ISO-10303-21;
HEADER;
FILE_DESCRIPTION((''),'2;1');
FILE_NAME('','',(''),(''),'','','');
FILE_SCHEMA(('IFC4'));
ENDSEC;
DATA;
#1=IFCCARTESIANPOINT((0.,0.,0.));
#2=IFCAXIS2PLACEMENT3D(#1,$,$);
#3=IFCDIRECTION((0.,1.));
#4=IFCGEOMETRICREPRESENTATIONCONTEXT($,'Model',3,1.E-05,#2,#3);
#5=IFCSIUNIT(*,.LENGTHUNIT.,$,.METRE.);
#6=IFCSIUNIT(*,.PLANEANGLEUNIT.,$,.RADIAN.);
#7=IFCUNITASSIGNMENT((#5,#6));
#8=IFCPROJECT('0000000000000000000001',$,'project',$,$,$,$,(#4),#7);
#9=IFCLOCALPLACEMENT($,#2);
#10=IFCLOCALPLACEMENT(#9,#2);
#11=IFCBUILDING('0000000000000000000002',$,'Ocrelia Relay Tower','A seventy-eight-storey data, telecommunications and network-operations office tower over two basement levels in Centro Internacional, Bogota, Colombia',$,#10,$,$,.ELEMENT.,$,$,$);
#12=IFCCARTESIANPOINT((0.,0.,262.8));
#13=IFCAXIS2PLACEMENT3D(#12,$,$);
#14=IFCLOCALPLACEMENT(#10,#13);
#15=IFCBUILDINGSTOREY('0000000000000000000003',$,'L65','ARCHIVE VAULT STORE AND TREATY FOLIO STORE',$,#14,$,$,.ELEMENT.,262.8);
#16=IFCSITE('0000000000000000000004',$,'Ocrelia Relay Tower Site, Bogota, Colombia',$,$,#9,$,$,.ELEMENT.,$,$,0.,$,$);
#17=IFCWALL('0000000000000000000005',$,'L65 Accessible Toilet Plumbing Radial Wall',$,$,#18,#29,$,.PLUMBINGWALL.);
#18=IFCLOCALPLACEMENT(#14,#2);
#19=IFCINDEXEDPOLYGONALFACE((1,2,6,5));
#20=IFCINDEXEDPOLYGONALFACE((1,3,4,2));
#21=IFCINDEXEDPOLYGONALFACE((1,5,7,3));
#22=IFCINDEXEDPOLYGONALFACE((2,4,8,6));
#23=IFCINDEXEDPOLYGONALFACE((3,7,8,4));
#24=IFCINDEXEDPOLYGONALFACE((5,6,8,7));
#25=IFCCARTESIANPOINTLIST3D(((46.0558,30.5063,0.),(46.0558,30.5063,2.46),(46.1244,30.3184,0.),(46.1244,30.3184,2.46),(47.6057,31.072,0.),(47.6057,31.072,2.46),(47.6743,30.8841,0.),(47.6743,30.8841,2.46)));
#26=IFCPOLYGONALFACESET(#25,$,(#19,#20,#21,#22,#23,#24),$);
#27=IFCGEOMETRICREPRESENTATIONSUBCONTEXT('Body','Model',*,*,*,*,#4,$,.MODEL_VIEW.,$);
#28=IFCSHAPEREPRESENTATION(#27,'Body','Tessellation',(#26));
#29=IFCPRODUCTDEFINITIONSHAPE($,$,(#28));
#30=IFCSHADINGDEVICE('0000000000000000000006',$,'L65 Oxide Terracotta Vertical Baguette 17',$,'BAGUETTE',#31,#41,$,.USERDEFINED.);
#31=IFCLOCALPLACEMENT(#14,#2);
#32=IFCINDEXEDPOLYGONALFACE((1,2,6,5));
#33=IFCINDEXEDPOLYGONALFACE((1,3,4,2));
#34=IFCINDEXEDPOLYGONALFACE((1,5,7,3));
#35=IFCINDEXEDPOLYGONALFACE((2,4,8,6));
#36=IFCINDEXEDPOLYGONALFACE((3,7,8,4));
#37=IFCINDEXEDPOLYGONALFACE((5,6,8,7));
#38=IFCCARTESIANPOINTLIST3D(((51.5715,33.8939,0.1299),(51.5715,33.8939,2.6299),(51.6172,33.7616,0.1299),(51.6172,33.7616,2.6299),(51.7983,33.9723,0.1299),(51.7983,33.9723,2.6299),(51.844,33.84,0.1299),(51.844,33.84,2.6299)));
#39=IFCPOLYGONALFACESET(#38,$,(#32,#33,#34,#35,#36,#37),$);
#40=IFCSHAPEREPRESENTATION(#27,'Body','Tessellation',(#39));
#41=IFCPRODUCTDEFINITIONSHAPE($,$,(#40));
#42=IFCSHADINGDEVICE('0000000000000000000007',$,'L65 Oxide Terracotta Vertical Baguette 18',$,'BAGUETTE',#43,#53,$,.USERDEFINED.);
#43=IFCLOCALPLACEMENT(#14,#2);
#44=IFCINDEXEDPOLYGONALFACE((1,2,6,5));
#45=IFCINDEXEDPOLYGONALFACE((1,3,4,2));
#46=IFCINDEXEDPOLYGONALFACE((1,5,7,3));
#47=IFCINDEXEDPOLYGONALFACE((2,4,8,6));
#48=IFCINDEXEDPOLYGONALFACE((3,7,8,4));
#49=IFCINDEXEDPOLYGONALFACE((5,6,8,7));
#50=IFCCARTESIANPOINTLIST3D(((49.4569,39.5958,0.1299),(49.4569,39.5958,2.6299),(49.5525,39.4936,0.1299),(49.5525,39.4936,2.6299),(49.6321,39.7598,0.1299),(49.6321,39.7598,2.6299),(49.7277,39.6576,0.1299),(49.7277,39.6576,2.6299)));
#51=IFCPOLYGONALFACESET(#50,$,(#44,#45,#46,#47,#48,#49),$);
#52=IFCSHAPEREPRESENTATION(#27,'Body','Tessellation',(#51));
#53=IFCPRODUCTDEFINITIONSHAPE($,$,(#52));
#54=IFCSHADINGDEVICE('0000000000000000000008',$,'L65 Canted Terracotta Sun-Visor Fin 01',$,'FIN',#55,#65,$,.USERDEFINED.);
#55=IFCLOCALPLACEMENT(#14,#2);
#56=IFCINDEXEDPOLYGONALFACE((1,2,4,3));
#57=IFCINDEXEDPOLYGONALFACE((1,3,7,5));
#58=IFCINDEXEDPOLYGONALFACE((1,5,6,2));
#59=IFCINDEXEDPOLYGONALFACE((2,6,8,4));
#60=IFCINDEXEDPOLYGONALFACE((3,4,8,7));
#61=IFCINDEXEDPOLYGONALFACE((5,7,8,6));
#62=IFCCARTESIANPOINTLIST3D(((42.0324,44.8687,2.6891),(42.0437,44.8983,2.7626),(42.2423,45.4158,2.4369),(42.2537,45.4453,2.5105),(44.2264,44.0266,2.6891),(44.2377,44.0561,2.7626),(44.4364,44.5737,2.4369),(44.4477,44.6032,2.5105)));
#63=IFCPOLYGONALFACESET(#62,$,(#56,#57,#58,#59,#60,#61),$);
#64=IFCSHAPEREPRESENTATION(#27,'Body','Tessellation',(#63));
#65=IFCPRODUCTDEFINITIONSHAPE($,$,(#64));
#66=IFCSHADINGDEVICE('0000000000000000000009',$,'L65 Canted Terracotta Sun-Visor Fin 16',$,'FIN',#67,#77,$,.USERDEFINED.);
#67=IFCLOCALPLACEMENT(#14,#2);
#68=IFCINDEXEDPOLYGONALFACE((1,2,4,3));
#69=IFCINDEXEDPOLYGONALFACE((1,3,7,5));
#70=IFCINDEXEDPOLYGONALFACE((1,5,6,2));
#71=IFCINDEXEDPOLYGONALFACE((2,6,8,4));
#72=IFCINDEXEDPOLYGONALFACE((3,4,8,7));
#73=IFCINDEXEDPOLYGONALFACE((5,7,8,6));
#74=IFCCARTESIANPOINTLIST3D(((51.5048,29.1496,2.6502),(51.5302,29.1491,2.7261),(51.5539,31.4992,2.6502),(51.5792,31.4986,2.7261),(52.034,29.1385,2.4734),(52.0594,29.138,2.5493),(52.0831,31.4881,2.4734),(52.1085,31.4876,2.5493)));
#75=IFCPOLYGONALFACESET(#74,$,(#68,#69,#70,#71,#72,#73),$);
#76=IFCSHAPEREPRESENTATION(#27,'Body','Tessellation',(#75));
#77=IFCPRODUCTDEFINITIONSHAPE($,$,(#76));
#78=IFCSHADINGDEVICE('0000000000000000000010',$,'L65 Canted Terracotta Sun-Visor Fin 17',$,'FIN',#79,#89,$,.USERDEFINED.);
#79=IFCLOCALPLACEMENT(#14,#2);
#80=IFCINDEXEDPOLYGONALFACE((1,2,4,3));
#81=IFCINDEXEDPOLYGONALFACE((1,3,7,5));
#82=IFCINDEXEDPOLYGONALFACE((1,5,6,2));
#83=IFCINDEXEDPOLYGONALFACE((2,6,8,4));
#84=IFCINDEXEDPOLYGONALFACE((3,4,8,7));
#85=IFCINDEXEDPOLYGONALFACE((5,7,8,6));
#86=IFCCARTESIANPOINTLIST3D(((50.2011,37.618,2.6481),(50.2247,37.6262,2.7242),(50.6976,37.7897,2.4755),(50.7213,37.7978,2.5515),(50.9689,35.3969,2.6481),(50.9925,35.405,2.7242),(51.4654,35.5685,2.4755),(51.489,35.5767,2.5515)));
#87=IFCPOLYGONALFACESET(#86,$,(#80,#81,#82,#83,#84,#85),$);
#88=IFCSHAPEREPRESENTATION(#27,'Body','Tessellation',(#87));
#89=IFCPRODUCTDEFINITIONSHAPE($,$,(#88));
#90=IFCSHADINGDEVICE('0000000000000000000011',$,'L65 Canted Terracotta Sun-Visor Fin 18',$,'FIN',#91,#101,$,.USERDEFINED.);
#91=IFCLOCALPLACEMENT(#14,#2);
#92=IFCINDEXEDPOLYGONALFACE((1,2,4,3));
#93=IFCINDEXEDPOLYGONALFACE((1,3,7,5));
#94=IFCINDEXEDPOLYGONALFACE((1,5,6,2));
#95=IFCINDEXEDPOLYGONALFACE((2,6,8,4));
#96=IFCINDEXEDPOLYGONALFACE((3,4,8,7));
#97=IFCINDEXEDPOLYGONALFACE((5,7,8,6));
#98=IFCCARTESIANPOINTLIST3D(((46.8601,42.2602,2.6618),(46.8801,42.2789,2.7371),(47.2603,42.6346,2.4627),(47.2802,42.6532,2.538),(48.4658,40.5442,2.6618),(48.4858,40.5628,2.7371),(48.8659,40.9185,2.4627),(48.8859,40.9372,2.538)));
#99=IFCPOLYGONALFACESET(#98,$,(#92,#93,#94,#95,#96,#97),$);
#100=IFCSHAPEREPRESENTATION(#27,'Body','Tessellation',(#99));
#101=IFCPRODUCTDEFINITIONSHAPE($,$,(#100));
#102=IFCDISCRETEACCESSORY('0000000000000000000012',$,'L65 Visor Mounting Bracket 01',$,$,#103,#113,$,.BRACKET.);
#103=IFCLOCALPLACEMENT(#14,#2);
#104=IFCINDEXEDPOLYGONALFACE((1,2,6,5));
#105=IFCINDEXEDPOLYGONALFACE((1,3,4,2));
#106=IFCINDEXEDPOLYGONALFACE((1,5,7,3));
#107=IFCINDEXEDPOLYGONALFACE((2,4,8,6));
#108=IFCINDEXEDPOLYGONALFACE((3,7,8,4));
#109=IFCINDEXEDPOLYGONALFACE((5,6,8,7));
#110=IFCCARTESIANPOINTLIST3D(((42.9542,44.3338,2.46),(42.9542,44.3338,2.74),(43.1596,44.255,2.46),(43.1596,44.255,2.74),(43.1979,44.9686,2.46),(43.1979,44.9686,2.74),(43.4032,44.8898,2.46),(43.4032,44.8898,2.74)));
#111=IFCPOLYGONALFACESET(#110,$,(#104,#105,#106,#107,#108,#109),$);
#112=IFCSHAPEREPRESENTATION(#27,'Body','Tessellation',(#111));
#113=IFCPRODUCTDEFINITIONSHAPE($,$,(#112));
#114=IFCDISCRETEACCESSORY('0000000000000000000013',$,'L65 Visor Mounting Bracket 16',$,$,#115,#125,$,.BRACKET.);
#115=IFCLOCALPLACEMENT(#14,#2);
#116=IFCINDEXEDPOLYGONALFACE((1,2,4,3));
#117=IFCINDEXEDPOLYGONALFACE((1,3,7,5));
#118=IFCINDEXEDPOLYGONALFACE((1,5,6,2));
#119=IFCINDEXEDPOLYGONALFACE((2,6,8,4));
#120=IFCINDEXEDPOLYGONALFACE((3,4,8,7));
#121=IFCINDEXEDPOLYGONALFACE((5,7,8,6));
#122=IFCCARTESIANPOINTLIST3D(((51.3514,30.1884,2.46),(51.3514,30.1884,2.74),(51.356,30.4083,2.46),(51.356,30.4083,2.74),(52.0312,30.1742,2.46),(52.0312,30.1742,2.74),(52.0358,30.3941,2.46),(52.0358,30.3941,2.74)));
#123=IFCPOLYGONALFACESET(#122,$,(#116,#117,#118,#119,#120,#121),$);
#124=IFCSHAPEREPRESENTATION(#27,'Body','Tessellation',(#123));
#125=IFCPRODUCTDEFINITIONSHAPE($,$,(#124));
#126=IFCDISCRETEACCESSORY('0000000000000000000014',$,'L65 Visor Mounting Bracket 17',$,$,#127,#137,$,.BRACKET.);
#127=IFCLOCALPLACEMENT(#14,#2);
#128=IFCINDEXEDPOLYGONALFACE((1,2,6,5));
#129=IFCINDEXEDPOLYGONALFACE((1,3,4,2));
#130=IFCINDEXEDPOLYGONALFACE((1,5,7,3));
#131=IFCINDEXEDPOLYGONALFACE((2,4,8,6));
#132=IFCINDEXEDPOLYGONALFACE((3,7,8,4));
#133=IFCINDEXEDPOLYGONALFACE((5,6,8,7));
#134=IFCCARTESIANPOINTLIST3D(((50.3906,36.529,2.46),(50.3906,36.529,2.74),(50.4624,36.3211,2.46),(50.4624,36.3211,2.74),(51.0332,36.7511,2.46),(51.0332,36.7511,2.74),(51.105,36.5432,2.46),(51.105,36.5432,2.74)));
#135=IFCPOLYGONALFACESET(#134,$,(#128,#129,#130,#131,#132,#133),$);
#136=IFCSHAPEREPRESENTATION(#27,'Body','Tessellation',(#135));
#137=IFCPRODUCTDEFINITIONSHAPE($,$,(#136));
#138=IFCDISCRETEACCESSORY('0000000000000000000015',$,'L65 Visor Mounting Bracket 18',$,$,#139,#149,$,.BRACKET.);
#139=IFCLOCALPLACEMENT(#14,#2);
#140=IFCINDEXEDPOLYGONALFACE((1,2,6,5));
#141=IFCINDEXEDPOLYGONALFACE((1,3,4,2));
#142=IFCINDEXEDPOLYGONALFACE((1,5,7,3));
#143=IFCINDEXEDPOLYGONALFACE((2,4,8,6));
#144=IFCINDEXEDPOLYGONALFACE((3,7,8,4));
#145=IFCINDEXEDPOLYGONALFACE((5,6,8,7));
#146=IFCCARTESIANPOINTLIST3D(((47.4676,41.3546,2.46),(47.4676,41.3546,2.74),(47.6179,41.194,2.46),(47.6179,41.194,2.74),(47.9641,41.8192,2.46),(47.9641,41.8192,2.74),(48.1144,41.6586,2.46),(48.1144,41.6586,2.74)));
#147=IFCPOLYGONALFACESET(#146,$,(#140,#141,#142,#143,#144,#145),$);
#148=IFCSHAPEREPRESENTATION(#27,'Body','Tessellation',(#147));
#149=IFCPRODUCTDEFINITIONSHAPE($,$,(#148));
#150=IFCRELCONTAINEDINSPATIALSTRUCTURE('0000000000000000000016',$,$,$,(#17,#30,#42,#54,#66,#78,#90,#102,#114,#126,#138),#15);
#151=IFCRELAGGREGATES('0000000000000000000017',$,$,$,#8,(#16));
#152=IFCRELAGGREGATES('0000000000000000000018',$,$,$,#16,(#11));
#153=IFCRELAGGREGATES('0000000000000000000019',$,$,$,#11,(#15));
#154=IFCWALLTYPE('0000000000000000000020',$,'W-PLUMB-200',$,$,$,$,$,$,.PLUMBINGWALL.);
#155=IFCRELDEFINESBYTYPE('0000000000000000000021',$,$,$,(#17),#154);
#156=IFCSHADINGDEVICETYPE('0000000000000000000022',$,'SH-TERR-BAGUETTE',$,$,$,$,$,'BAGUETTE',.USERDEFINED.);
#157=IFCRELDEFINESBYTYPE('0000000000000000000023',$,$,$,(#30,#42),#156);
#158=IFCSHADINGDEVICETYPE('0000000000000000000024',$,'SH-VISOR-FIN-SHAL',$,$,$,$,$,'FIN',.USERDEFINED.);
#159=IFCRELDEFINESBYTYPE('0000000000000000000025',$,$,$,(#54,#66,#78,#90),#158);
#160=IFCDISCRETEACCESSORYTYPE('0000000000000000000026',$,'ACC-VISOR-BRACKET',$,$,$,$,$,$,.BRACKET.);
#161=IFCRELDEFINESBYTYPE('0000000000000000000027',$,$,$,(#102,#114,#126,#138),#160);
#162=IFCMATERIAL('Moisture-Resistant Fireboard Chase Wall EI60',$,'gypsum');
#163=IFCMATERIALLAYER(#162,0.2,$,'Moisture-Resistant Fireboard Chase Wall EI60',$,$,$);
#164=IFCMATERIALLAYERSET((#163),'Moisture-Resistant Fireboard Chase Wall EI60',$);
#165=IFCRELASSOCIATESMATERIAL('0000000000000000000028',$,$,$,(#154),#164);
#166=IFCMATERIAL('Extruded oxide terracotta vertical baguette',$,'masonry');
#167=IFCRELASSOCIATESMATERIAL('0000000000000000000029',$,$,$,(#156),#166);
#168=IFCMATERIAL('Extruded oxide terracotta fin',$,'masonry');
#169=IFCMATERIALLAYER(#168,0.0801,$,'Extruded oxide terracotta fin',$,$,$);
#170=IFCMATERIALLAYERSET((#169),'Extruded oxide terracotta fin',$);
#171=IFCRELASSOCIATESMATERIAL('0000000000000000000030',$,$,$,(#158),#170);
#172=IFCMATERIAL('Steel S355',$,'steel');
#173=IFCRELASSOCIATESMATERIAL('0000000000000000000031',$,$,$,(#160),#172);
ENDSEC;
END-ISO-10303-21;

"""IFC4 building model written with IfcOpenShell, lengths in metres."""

from ifc_helpers import new_model, si_unit, direction, frame, frame_2d, origin, origin_2d, place, context, subcontext, project, spatial, rectangle, extrude, material, layer, layer_set, type_object, element, save


model = new_model("IFC4")

# Units and contexts
model_context = context("Model", 3, precision=1e-05, world=origin(), true_north=direction((0.0, 1.0)))
body_context = subcontext(model_context, "Body", "Model", "MODEL_VIEW")
ifc_project = project(units=[si_unit("LENGTHUNIT", "METRE"), si_unit("PLANEANGLEUNIT", "RADIAN")], contexts=[model_context])

# Site, building, storey
site_placement = place(None, origin())
site = spatial("IfcSite", under=ifc_project, at=site_placement, Name="Ocrelia Relay Tower Site, Bogota, Colombia", CompositionType="ELEMENT", RefElevation=0.0)
building_placement = place(site_placement, origin())
building = spatial("IfcBuilding", under=site, at=building_placement, Name="Ocrelia Relay Tower", Description="A seventy-eight-storey data, telecommunications and network-operations office tower over two basement levels in Centro Internacional, Bogota, Colombia", CompositionType="ELEMENT")
storey_placement = place(building_placement, frame((0.0, 0.0, 262.8)))
storey = spatial("IfcBuildingStorey", under=building, at=storey_placement, Name="L65", Description="ARCHIVE VAULT STORE AND TREATY FOLIO STORE", CompositionType="ELEMENT", Elevation=262.8)

# Shared definitions
ifc_material_1 = material(Name="Steel S355", Category="steel")

# Wall
ifc_material_2 = material(Name="Moisture-Resistant Fireboard Chase Wall EI60", Category="gypsum")
ifc_layer_1 = layer(ifc_material_2, 0.2, Name="Moisture-Resistant Fireboard Chase Wall EI60")
ifc_layer_set_1 = layer_set([ifc_layer_1], Name="Moisture-Resistant Fireboard Chase Wall EI60")
wall_type_1 = type_object("IfcWallType", Name="W-PLUMB-200", PredefinedType="PLUMBINGWALL", material=ifc_layer_set_1)
wall_1_placement = place(storey_placement, frame((46.0901, 30.4124, 0.0), z_axis=(0.0, 0.0, 1.0), x_axis=(0.939382, 0.342872, 0.0)))
element("IfcWall", 1, at=wall_1_placement, inside=storey, type_object=wall_type_1, Name="L65 Accessible Toilet Plumbing Radial Wall", PredefinedType="PLUMBINGWALL", context=body_context, shape_type="SweptSolid", body=[
    extrude(rectangle(XDim=1.6499, YDim=0.2, at=frame_2d((0.825, 0.0))), origin(), (0.0, 0.0, 1.0), 2.46),
])

# Shading devices
ifc_material_3 = material(Name="Extruded oxide terracotta vertical baguette", Category="masonry")
shading_device_type_1 = type_object("IfcShadingDeviceType", Name="SH-TERR-BAGUETTE", ElementType="BAGUETTE", PredefinedType="USERDEFINED", material=ifc_material_3)
for number, where, z_axis, x_axis, name in (
    (2, (51.7078, 33.8669, 0.1299), (0.0, 0.0, 1.0), (-0.326686, 0.945133, 0.0), "L65 Oxide Terracotta Vertical Baguette 17"),
    (3, (49.5923, 39.6267, 0.1299), (0.0, 0.0, 1.0), (-0.68324, 0.730194, 0.0), "L65 Oxide Terracotta Vertical Baguette 18"),
):
    element("IfcShadingDevice", number, at=place(storey_placement, frame(where, z_axis=z_axis, x_axis=x_axis)), inside=storey, type_object=shading_device_type_1, Name=name, ObjectType="BAGUETTE", PredefinedType="USERDEFINED", context=body_context, shape_type="SweptSolid", body=[
        extrude(rectangle(XDim=0.1399, YDim=0.24, at=origin_2d()), origin(), (0.0, 0.0, 1.0), 2.5),
    ])
ifc_material_4 = material(Name="Extruded oxide terracotta fin", Category="masonry")
ifc_layer_2 = layer(ifc_material_4, 0.0801, Name="Extruded oxide terracotta fin")
ifc_layer_set_2 = layer_set([ifc_layer_2], Name="Extruded oxide terracotta fin")
shading_device_type_2 = type_object("IfcShadingDeviceType", Name="SH-VISOR-FIN-SHAL", ElementType="FIN", PredefinedType="USERDEFINED", material=ifc_layer_set_2)
shading_device_1_placement = place(storey_placement, frame((43.2344, 44.7212, 2.563), z_axis=(0.141622, 0.368979, 0.918584), x_axis=(-0.933594, 0.358334, 0.0)))
element("IfcShadingDevice", 4, at=shading_device_1_placement, inside=storey, type_object=shading_device_type_2, Name="L65 Canted Terracotta Sun-Visor Fin 01", ObjectType="FIN", PredefinedType="USERDEFINED", context=body_context, shape_type="SweptSolid", body=[
    extrude(rectangle(XDim=2.3501, YDim=0.6379, at=origin_2d()), origin(), (0.0, 0.0, 1.0), 0.0801),
])
shading_device_2_placement = place(storey_placement, frame((51.7939, 30.3188, 2.5618), z_axis=(0.316739, -0.006615, 0.94849), x_axis=(0.020879, 0.999782, 0.0)))
element("IfcShadingDevice", 5, at=shading_device_2_placement, inside=storey, type_object=shading_device_type_2, Name="L65 Canted Terracotta Sun-Visor Fin 16", ObjectType="FIN", PredefinedType="USERDEFINED", context=body_context, shape_type="SweptSolid", body=[
    extrude(rectangle(XDim=2.3501, YDim=0.5581, at=origin_2d()), origin(), (0.0, 0.0, 1.0), 0.0801),
])
shading_device_3_placement = place(storey_placement, frame((50.8333, 36.5933, 2.5618), z_axis=(0.295041, 0.101981, 0.950027), x_axis=(-0.326686, 0.945133, 0.0)))
element("IfcShadingDevice", 6, at=shading_device_3_placement, inside=storey, type_object=shading_device_type_2, Name="L65 Canted Terracotta Sun-Visor Fin 17", ObjectType="FIN", PredefinedType="USERDEFINED", context=body_context, shape_type="SweptSolid", body=[
    extrude(rectangle(XDim=2.3501, YDim=0.553, at=origin_2d()), origin(), (0.0, 0.0, 1.0), 0.0801),
])
shading_device_4_placement = place(storey_placement, frame((47.863, 41.5894, 2.5623), z_axis=(0.249382, 0.233346, 0.939872), x_axis=(-0.68324, 0.730194, 0.0)))
element("IfcShadingDevice", 7, at=shading_device_4_placement, inside=storey, type_object=shading_device_type_2, Name="L65 Canted Terracotta Sun-Visor Fin 18", ObjectType="FIN", PredefinedType="USERDEFINED", context=body_context, shape_type="SweptSolid", body=[
    extrude(rectangle(XDim=2.3501, YDim=0.583, at=origin_2d()), origin(), (0.0, 0.0, 1.0), 0.0801),
])

# Discrete accessories
discrete_accessory_type = type_object("IfcDiscreteAccessoryType", Name="ACC-VISOR-BRACKET", PredefinedType="BRACKET", material=ifc_material_1)
for number, where, z_axis, x_axis, name in (
    (8, (43.1787, 44.6118, 2.46), (0.0, 0.0, 1.0), (-0.933594, 0.358334, 0.0), "L65 Visor Mounting Bracket 01"),
    (9, (51.6936, 30.2913, 2.46), (0.0, 0.0, 1.0), (0.020879, 0.999782, 0.0), "L65 Visor Mounting Bracket 16"),
    (10, (50.7478, 36.5361, 2.46), (0.0, 0.0, 1.0), (-0.326686, 0.945133, 0.0), "L65 Visor Mounting Bracket 17"),
    (11, (47.791, 41.5066, 2.46), (0.0, 0.0, 1.0), (-0.68324, 0.730194, 0.0), "L65 Visor Mounting Bracket 18"),
):
    element("IfcDiscreteAccessory", number, at=place(storey_placement, frame(where, z_axis=z_axis, x_axis=x_axis)), inside=storey, type_object=discrete_accessory_type, Name=name, PredefinedType="BRACKET", context=body_context, shape_type="SweptSolid", body=[
        extrude(rectangle(XDim=0.22, YDim=0.6799, at=origin_2d()), origin(), (0.0, 0.0, 1.0), 0.28),
    ])

save(model, "model.ifc")
